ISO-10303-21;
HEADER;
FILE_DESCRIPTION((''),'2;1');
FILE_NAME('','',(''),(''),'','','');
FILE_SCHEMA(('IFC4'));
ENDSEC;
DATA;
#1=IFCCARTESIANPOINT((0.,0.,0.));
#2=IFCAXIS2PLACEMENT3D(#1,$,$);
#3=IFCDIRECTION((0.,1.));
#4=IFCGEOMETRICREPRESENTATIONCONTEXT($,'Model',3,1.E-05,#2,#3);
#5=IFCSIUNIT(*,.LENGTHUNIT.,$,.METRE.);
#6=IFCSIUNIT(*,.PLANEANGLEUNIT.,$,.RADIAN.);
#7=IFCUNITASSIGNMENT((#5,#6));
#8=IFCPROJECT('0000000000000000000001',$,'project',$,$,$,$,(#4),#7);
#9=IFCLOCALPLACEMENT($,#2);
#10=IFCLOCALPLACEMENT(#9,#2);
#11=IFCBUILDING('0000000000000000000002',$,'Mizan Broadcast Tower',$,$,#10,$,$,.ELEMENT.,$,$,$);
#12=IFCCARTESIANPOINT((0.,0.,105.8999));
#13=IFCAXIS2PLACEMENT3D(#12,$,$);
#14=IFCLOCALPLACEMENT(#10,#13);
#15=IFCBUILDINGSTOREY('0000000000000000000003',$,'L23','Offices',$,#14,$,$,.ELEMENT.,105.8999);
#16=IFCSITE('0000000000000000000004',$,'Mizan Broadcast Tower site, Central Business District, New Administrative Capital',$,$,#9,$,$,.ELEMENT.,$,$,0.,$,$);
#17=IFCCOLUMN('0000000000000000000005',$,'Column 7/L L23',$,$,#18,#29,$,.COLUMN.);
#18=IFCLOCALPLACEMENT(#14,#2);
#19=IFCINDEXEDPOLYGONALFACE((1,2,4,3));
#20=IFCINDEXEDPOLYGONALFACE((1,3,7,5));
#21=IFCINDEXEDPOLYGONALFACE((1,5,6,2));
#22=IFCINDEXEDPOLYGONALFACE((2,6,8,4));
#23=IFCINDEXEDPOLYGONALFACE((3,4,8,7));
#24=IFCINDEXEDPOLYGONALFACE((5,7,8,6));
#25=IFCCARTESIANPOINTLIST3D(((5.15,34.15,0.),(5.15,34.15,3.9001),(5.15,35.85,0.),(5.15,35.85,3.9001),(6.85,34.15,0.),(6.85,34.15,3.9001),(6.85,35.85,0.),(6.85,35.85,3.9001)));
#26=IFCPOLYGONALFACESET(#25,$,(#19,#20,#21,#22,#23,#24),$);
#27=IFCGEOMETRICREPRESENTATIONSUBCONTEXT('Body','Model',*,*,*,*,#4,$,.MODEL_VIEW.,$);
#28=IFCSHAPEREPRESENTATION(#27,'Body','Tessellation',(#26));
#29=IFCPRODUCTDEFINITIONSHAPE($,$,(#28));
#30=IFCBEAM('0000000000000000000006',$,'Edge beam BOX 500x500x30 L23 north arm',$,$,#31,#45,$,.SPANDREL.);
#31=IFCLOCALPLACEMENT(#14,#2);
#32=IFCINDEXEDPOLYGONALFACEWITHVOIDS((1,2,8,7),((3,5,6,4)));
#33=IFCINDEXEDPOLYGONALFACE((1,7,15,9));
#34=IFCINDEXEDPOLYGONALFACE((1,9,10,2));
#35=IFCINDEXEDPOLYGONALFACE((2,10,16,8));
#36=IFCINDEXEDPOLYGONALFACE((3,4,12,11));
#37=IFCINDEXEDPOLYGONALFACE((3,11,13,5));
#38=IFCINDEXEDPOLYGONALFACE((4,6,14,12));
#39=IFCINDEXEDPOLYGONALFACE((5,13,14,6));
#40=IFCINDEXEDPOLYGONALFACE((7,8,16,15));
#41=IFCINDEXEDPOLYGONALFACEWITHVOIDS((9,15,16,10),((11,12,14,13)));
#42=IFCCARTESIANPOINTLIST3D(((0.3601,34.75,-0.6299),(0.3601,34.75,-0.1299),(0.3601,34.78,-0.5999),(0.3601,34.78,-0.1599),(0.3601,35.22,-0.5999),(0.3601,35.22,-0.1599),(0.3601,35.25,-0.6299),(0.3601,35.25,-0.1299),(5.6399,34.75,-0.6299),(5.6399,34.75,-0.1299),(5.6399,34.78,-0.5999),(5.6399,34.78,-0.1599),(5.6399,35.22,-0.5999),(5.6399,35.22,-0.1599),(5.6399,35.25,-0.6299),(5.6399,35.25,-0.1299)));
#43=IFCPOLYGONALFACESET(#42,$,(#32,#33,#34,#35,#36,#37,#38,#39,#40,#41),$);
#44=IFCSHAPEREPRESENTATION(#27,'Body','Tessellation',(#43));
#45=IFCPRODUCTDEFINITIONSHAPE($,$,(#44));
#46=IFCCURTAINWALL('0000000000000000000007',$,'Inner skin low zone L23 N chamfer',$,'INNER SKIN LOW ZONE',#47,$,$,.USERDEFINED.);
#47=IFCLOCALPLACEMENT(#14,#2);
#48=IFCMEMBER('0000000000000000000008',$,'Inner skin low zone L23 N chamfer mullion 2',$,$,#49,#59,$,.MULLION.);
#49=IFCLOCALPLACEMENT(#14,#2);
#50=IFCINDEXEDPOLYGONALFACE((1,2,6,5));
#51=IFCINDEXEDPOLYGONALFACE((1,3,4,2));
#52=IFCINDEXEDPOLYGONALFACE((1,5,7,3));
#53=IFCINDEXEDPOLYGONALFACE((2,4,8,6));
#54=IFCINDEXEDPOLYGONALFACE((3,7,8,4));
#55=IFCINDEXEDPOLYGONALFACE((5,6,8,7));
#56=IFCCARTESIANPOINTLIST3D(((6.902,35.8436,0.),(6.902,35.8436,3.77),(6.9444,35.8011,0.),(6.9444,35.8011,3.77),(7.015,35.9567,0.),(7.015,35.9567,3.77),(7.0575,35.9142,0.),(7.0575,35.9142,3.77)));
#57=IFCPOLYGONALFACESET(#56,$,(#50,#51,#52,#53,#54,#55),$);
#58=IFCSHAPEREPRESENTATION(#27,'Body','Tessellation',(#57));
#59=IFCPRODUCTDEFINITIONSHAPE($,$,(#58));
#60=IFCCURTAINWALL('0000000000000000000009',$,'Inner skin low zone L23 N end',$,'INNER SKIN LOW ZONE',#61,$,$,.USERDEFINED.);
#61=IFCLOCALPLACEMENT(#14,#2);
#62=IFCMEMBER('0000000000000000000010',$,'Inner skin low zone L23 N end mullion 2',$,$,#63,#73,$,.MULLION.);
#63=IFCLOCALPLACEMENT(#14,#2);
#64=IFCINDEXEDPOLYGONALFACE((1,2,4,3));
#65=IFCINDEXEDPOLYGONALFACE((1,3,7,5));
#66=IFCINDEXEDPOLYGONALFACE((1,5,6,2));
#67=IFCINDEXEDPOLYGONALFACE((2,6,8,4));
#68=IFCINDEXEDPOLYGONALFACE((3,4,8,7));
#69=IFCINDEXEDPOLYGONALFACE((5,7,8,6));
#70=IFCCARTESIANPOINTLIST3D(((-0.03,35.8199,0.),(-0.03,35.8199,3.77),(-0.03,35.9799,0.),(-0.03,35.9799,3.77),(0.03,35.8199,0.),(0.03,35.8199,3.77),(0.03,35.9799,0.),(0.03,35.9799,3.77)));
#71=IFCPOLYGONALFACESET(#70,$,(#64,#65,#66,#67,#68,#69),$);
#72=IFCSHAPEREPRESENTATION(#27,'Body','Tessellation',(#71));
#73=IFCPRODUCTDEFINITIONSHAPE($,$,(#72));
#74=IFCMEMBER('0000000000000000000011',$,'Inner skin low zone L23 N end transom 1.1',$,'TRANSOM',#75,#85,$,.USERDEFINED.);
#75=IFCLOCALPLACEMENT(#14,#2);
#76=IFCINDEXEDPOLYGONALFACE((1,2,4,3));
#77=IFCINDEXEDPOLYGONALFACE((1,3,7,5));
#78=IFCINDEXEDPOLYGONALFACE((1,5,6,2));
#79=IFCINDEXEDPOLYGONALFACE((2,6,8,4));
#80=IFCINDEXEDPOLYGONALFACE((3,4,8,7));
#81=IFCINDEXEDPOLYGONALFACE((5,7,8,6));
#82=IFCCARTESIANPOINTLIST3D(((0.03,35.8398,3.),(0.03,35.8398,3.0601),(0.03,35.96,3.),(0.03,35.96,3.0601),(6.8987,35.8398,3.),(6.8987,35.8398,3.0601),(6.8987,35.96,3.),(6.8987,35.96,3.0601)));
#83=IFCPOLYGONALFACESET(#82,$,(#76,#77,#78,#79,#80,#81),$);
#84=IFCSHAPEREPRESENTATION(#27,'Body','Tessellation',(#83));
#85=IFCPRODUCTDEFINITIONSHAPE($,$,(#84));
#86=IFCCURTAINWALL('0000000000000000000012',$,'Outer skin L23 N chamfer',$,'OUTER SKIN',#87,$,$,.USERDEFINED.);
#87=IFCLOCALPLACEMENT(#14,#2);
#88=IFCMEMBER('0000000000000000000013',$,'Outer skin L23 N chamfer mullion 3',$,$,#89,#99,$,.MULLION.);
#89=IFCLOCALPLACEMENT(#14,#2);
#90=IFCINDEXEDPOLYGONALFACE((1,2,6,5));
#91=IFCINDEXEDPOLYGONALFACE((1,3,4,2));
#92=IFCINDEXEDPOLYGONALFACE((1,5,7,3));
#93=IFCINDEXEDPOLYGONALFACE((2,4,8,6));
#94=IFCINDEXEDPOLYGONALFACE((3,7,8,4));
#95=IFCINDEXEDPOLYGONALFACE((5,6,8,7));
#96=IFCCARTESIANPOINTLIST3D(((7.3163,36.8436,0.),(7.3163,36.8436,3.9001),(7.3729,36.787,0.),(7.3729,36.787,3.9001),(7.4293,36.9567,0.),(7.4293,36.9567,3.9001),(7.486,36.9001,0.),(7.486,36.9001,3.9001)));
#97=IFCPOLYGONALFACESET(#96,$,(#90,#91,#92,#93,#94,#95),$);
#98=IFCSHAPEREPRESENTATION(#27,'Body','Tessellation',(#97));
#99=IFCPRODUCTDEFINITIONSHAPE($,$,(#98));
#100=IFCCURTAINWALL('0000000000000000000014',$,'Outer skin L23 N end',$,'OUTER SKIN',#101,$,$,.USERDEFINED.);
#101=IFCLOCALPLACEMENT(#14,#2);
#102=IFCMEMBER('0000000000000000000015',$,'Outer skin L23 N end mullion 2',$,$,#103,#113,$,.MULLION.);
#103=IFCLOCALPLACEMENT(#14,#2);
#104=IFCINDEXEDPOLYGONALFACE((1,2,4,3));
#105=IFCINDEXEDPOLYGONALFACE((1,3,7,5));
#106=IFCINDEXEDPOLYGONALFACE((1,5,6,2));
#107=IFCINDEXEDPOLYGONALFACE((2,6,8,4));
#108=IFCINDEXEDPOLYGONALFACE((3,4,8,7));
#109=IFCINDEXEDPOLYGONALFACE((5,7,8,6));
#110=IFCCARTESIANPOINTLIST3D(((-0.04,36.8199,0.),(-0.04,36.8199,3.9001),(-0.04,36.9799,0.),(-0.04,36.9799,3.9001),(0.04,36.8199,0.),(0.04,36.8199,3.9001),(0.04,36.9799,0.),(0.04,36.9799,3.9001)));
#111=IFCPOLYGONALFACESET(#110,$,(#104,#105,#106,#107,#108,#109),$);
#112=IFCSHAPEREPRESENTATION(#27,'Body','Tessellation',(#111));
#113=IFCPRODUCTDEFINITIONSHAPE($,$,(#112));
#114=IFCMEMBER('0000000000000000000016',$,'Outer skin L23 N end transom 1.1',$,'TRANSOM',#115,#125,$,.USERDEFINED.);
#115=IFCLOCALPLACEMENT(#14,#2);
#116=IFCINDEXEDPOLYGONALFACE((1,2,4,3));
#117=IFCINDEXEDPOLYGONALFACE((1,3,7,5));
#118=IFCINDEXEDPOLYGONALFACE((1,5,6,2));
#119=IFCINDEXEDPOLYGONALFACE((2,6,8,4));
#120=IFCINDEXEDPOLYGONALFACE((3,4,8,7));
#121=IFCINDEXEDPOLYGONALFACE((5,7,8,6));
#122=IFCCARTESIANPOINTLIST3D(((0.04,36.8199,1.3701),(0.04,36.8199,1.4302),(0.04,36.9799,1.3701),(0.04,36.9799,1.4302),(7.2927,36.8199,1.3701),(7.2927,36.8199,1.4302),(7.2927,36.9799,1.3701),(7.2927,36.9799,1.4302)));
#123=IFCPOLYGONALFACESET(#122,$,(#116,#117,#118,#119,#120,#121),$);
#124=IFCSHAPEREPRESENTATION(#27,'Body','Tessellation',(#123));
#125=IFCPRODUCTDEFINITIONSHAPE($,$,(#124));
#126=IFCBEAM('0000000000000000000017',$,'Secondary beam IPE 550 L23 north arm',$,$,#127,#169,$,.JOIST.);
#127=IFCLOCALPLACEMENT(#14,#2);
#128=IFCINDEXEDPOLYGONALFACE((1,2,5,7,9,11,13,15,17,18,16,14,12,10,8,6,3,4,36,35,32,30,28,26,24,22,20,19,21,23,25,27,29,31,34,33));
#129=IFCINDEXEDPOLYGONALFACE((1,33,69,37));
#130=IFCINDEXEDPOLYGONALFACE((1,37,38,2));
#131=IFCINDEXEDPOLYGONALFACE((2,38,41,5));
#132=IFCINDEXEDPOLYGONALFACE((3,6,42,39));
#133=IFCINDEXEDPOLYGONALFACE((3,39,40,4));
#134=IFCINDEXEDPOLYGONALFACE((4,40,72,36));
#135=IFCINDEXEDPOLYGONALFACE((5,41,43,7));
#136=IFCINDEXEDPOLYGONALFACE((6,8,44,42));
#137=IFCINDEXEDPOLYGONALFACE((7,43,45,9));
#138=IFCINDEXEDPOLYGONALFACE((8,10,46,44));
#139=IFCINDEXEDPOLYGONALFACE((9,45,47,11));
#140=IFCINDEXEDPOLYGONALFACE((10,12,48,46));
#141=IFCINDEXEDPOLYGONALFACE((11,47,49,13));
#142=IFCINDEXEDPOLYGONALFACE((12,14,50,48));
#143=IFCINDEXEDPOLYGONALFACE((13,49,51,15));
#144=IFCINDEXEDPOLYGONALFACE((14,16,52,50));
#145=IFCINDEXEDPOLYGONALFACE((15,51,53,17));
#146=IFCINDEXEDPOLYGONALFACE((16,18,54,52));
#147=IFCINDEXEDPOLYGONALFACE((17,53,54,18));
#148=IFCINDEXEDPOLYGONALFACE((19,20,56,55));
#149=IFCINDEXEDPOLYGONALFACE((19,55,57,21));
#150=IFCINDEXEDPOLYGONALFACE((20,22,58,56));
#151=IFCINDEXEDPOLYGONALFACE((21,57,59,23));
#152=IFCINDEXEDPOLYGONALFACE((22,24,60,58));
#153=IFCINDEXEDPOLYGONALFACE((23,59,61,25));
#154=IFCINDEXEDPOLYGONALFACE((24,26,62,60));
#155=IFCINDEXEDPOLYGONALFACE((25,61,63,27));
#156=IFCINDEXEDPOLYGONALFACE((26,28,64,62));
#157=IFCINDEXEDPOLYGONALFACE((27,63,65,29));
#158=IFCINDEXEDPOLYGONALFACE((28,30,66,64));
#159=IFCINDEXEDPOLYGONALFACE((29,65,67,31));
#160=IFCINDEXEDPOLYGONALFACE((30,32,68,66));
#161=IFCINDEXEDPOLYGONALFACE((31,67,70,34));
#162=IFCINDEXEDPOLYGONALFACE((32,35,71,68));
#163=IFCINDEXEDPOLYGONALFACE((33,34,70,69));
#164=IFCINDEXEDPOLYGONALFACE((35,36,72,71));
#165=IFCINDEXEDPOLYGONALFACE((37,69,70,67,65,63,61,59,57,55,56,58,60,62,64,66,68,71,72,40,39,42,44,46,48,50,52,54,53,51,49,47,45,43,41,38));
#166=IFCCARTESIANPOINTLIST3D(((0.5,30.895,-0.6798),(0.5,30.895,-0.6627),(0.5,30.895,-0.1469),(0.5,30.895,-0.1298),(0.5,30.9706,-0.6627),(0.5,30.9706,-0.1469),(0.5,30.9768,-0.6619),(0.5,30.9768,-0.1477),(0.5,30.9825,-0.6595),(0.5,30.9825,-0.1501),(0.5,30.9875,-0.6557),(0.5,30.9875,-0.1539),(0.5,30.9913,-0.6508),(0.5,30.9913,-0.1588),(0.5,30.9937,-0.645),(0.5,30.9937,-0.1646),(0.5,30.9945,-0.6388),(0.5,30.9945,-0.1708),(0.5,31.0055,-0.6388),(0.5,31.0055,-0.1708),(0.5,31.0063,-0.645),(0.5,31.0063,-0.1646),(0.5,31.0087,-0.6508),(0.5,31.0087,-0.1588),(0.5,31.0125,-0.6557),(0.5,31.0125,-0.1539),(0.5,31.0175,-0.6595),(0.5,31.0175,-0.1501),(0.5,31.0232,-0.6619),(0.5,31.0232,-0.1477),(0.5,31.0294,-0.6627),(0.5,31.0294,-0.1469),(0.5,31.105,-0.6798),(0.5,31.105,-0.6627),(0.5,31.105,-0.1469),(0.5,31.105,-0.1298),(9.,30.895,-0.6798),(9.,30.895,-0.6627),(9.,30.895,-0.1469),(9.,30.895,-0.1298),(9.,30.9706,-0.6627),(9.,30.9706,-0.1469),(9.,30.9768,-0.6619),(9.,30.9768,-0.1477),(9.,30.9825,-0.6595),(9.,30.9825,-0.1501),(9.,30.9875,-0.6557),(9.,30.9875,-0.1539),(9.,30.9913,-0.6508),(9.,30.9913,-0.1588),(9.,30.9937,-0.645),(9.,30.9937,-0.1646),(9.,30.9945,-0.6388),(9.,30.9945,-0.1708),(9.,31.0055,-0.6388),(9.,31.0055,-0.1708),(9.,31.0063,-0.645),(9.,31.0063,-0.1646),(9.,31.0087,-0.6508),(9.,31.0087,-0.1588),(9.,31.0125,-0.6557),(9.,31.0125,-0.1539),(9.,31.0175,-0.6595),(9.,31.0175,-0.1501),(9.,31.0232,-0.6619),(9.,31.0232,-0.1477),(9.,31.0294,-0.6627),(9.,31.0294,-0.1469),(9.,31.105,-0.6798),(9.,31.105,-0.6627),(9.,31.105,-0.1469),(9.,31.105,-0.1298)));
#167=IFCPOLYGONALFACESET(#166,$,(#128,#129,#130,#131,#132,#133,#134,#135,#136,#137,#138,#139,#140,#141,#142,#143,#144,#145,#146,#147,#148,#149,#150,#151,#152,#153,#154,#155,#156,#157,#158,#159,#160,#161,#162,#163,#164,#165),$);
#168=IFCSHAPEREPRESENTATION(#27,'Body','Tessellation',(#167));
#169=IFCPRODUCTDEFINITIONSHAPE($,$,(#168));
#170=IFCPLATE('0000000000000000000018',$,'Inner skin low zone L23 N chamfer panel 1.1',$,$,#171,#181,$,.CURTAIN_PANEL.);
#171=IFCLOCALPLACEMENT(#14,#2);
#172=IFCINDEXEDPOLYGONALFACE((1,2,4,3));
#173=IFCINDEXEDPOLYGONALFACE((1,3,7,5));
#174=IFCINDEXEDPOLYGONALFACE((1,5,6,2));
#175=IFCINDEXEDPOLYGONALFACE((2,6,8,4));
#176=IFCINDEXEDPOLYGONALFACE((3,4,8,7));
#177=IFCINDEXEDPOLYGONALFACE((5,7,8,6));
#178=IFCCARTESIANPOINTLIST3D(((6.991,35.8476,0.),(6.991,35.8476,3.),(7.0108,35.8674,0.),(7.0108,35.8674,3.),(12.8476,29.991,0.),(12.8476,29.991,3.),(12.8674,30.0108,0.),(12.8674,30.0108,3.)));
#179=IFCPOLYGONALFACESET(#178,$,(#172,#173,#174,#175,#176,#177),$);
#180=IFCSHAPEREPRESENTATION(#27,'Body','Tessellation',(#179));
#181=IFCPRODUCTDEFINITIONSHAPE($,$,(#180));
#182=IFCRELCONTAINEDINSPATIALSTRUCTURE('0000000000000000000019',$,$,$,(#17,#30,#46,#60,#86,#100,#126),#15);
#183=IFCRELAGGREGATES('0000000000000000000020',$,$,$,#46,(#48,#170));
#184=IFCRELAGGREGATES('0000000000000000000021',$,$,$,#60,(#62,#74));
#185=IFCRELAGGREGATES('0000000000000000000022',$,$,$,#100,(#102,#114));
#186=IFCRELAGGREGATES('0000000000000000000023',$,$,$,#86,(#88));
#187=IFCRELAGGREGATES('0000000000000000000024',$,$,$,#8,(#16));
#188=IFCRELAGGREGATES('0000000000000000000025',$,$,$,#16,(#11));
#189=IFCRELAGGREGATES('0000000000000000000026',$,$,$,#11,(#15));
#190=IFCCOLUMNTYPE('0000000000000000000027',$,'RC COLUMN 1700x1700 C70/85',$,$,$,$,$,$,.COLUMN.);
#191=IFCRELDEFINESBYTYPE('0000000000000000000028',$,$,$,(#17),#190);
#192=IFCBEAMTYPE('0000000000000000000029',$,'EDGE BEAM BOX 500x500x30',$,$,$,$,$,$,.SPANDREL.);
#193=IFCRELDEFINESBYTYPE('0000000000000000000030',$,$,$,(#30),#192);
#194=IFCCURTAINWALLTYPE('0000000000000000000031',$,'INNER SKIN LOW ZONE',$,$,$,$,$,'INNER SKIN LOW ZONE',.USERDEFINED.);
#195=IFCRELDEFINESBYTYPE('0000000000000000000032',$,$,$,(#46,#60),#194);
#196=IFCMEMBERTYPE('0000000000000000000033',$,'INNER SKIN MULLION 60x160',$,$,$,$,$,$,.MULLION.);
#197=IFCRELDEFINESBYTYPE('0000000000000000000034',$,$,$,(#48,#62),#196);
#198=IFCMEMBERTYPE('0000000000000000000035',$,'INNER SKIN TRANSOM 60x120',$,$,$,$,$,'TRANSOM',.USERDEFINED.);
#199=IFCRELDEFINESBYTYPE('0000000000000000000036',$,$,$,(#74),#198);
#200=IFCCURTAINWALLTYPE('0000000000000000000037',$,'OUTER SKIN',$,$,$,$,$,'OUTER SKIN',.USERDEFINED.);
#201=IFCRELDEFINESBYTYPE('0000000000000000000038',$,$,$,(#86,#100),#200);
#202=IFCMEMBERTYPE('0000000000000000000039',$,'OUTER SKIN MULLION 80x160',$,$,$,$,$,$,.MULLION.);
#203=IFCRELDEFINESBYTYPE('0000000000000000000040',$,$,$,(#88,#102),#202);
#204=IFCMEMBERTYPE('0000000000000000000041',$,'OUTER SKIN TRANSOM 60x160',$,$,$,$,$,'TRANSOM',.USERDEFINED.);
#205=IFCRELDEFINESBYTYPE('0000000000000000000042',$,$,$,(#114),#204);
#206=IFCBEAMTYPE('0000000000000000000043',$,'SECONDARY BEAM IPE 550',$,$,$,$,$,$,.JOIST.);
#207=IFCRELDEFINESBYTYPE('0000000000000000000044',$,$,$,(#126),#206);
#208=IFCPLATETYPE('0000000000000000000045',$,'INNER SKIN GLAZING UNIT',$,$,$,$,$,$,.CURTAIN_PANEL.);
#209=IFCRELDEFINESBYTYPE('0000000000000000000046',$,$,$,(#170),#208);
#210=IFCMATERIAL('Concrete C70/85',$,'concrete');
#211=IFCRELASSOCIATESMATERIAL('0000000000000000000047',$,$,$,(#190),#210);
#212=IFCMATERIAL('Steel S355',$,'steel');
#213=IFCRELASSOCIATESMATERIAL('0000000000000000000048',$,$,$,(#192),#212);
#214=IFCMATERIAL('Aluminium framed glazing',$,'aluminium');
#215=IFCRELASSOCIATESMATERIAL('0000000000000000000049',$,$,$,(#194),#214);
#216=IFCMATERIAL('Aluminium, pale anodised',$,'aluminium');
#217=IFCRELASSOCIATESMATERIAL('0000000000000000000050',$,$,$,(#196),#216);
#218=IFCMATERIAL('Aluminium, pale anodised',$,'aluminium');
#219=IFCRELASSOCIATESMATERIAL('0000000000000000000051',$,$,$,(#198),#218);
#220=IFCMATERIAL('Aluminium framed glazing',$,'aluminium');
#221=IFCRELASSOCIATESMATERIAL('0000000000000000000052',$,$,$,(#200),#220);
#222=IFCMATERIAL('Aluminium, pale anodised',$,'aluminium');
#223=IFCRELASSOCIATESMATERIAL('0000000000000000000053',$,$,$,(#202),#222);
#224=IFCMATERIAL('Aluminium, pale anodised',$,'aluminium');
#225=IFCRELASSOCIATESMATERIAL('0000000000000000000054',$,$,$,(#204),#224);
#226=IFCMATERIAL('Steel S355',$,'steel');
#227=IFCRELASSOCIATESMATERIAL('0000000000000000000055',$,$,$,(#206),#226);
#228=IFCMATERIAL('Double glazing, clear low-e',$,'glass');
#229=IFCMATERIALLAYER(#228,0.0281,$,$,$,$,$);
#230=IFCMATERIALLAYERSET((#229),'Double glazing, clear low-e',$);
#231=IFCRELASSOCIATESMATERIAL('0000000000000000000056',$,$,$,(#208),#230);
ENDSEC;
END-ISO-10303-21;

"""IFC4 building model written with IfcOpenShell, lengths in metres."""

from ifc_helpers import new_model, si_unit, direction, frame, origin, origin_2d, place, context, subcontext, project, spatial, rectangle, hollow_rectangle, i_section, extrude, material, layer, layer_set, material_profile, profile_set, type_object, element, aggregate, save


model = new_model("IFC4")

# Units and contexts
model_context = context("Model", 3, precision=1e-05, world=origin(), true_north=direction((0.0, 1.0)))
body_context = subcontext(model_context, "Body", "Model", "MODEL_VIEW")
ifc_project = project(units=[si_unit("LENGTHUNIT", "METRE"), si_unit("PLANEANGLEUNIT", "RADIAN")], contexts=[model_context])

# Site, building, storey
site_placement = place(None, origin())
site = spatial("IfcSite", under=ifc_project, at=site_placement, Name="Mizan Broadcast Tower site, Central Business District, New Administrative Capital", CompositionType="ELEMENT", RefElevation=0.0)
building_placement = place(site_placement, origin())
building = spatial("IfcBuilding", under=site, at=building_placement, Name="Mizan Broadcast Tower", CompositionType="ELEMENT")
storey_placement = place(building_placement, frame((0.0, 0.0, 105.8999)))
storey = spatial("IfcBuildingStorey", under=building, at=storey_placement, Name="L23", Description="Offices", CompositionType="ELEMENT", Elevation=105.8999)

# Column
ifc_material_1 = material(Name="Concrete C70/85", Category="concrete")
ifc_material_profile_1 = material_profile(ifc_material_1, rectangle(XDim=1.7, YDim=1.7, at=origin_2d()), Name="RC 1700x1700")
ifc_profile_set_1 = profile_set([ifc_material_profile_1], Name="Concrete C70/85")
column_type = type_object("IfcColumnType", Name="RC COLUMN 1700x1700 C70/85", PredefinedType="COLUMN", material=ifc_profile_set_1)
column_placement = place(storey_placement, frame((6.0, 35.0, 0.0), z_axis=(0.0, 0.0, 1.0), x_axis=(1.0, 0.0, 0.0)))
element("IfcColumn", 1, at=column_placement, inside=storey, type_object=column_type, Name="Column 7/L L23", PredefinedType="COLUMN", context=body_context, shape_type="SweptSolid", body=[
    extrude(rectangle(XDim=1.7, YDim=1.7, at=origin_2d()), origin(), (0.0, 0.0, 1.0), 3.9001),
])

# Beam
ifc_material_2 = material(Name="Steel S355", Category="steel")
ifc_material_profile_2 = material_profile(ifc_material_2, hollow_rectangle(XDim=0.5, YDim=0.5, WallThickness=0.03, at=origin_2d()), Name="BOX 500x500x30")
ifc_profile_set_2 = profile_set([ifc_material_profile_2], Name="Steel S355")
beam_type_1 = type_object("IfcBeamType", Name="EDGE BEAM BOX 500x500x30", PredefinedType="SPANDREL", material=ifc_profile_set_2)
beam_1_placement = place(storey_placement, frame((5.6399, 35.0, -0.3799), z_axis=(-1.0, 0.0, 0.0), x_axis=(0.0, -1.0, 0.0)))
element("IfcBeam", 2, at=beam_1_placement, inside=storey, type_object=beam_type_1, Name="Edge beam BOX 500x500x30 L23 north arm", PredefinedType="SPANDREL", context=body_context, shape_type="SweptSolid", body=[
    extrude(hollow_rectangle(XDim=0.5, YDim=0.5, WallThickness=0.03, at=origin_2d()), origin(), (0.0, 0.0, 1.0), 5.2798),
])

# Curtain wall, member
ifc_material_3 = material(Name="Aluminium framed glazing", Category="aluminium")
curtain_wall_type_1 = type_object("IfcCurtainWallType", Name="INNER SKIN LOW ZONE", ElementType="INNER SKIN LOW ZONE", PredefinedType="USERDEFINED", material=ifc_material_3)
curtain_wall_1_placement = place(storey_placement, origin())
curtain_wall_1 = element("IfcCurtainWall", 3, at=curtain_wall_1_placement, inside=storey, type_object=curtain_wall_type_1, Name="Inner skin low zone L23 N chamfer", ObjectType="INNER SKIN LOW ZONE", PredefinedType="USERDEFINED")
ifc_material_4 = material(Name="Aluminium, pale anodised", Category="aluminium")
ifc_material_profile_3 = material_profile(ifc_material_4, rectangle(XDim=0.1599, YDim=0.0601, at=origin_2d()), Name="MULLION 160x60")
ifc_profile_set_3 = profile_set([ifc_material_profile_3], Name="Aluminium, pale anodised")
member_type_1 = type_object("IfcMemberType", Name="INNER SKIN MULLION 60x160", PredefinedType="MULLION", material=ifc_profile_set_3)
member_1_placement = place(storey_placement, frame((6.9797, 35.8789, 0.0), z_axis=(0.0, 0.0, 1.0), x_axis=(-0.707107, -0.707107, 0.0)))
member_1 = element("IfcMember", 4, at=member_1_placement, type_object=member_type_1, Name="Inner skin low zone L23 N chamfer mullion 2", PredefinedType="MULLION", context=body_context, shape_type="SweptSolid", body=[
    extrude(rectangle(XDim=0.1599, YDim=0.0601, at=origin_2d()), origin(), (0.0, 0.0, 1.0), 3.77),
])

# Curtain wall, members
curtain_wall_2_placement = place(storey_placement, origin())
curtain_wall_2 = element("IfcCurtainWall", 5, at=curtain_wall_2_placement, inside=storey, type_object=curtain_wall_type_1, Name="Inner skin low zone L23 N end", ObjectType="INNER SKIN LOW ZONE", PredefinedType="USERDEFINED")
member_2_placement = place(storey_placement, frame((0.0, 35.8999, 0.0), z_axis=(0.0, 0.0, 1.0), x_axis=(0.0, -1.0, 0.0)))
member_2 = element("IfcMember", 6, at=member_2_placement, type_object=member_type_1, Name="Inner skin low zone L23 N end mullion 2", PredefinedType="MULLION", context=body_context, shape_type="SweptSolid", body=[
    extrude(rectangle(XDim=0.1599, YDim=0.0601, at=origin_2d()), origin(), (0.0, 0.0, 1.0), 3.77),
])
ifc_material_5 = material(Name="Aluminium, pale anodised", Category="aluminium")
ifc_material_profile_4 = material_profile(ifc_material_5, rectangle(XDim=0.1201, YDim=0.0601, at=origin_2d()), Name="TRANSOM 120x60")
ifc_profile_set_4 = profile_set([ifc_material_profile_4], Name="Aluminium, pale anodised")
member_type_2 = type_object("IfcMemberType", Name="INNER SKIN TRANSOM 60x120", ElementType="TRANSOM", PredefinedType="USERDEFINED", material=ifc_profile_set_4)
member_3_placement = place(storey_placement, frame((6.8987, 35.8999, 3.03), z_axis=(-1.0, 0.0, 0.0), x_axis=(0.0, -1.0, 0.0)))
member_3 = element("IfcMember", 7, at=member_3_placement, type_object=member_type_2, Name="Inner skin low zone L23 N end transom 1.1", ObjectType="TRANSOM", PredefinedType="USERDEFINED", context=body_context, shape_type="SweptSolid", body=[
    extrude(rectangle(XDim=0.1201, YDim=0.0601, at=origin_2d()), origin(), (0.0, 0.0, 1.0), 6.8687),
])

# Curtain wall, member
ifc_material_6 = material(Name="Aluminium framed glazing", Category="aluminium")
curtain_wall_type_2 = type_object("IfcCurtainWallType", Name="OUTER SKIN", ElementType="OUTER SKIN", PredefinedType="USERDEFINED", material=ifc_material_6)
curtain_wall_3_placement = place(storey_placement, origin())
curtain_wall_3 = element("IfcCurtainWall", 8, at=curtain_wall_3_placement, inside=storey, type_object=curtain_wall_type_2, Name="Outer skin L23 N chamfer", ObjectType="OUTER SKIN", PredefinedType="USERDEFINED")
ifc_material_7 = material(Name="Aluminium, pale anodised", Category="aluminium")
ifc_material_profile_5 = material_profile(ifc_material_7, rectangle(XDim=0.1599, YDim=0.0801, at=origin_2d()), Name="MULLION 160x80")
ifc_profile_set_5 = profile_set([ifc_material_profile_5], Name="Aluminium, pale anodised")
member_type_3 = type_object("IfcMemberType", Name="OUTER SKIN MULLION 80x160", PredefinedType="MULLION", material=ifc_profile_set_5)
member_4_placement = place(storey_placement, frame((7.4011, 36.8718, 0.0), z_axis=(0.0, 0.0, 1.0), x_axis=(-0.707107, -0.707107, 0.0)))
member_4 = element("IfcMember", 9, at=member_4_placement, type_object=member_type_3, Name="Outer skin L23 N chamfer mullion 3", PredefinedType="MULLION", context=body_context, shape_type="SweptSolid", body=[
    extrude(rectangle(XDim=0.1599, YDim=0.0801, at=origin_2d()), origin(), (0.0, 0.0, 1.0), 3.9001),
])

# Curtain wall, members
curtain_wall_4_placement = place(storey_placement, origin())
curtain_wall_4 = element("IfcCurtainWall", 10, at=curtain_wall_4_placement, inside=storey, type_object=curtain_wall_type_2, Name="Outer skin L23 N end", ObjectType="OUTER SKIN", PredefinedType="USERDEFINED")
member_5_placement = place(storey_placement, frame((0.0, 36.8999, 0.0), z_axis=(0.0, 0.0, 1.0), x_axis=(0.0, -1.0, 0.0)))
member_5 = element("IfcMember", 11, at=member_5_placement, type_object=member_type_3, Name="Outer skin L23 N end mullion 2", PredefinedType="MULLION", context=body_context, shape_type="SweptSolid", body=[
    extrude(rectangle(XDim=0.1599, YDim=0.0801, at=origin_2d()), origin(), (0.0, 0.0, 1.0), 3.9001),
])
ifc_material_8 = material(Name="Aluminium, pale anodised", Category="aluminium")
ifc_material_profile_6 = material_profile(ifc_material_8, rectangle(XDim=0.1599, YDim=0.0601, at=origin_2d()), Name="TRANSOM 160x60")
ifc_profile_set_6 = profile_set([ifc_material_profile_6], Name="Aluminium, pale anodised")
member_type_4 = type_object("IfcMemberType", Name="OUTER SKIN TRANSOM 60x160", ElementType="TRANSOM", PredefinedType="USERDEFINED", material=ifc_profile_set_6)
member_6_placement = place(storey_placement, frame((7.2927, 36.8999, 1.4001), z_axis=(-1.0, 0.0, 0.0), x_axis=(0.0, -1.0, 0.0)))
member_6 = element("IfcMember", 12, at=member_6_placement, type_object=member_type_4, Name="Outer skin L23 N end transom 1.1", ObjectType="TRANSOM", PredefinedType="USERDEFINED", context=body_context, shape_type="SweptSolid", body=[
    extrude(rectangle(XDim=0.1599, YDim=0.0601, at=origin_2d()), origin(), (0.0, 0.0, 1.0), 7.2527),
])

# Beam
ifc_material_9 = material(Name="Steel S355", Category="steel")
ifc_material_profile_7 = material_profile(ifc_material_9, i_section(OverallWidth=0.21, OverallDepth=0.55, WebThickness=0.011, FlangeThickness=0.0171, FilletRadius=0.0239, at=origin_2d()), Name="IPE 550")
ifc_profile_set_7 = profile_set([ifc_material_profile_7], Name="Steel S355")
beam_type_2 = type_object("IfcBeamType", Name="SECONDARY BEAM IPE 550", PredefinedType="JOIST", material=ifc_profile_set_7)
beam_2_placement = place(storey_placement, frame((9.0, 31.0, -0.4048), z_axis=(-1.0, 0.0, 0.0), x_axis=(0.0, -1.0, 0.0)))
element("IfcBeam", 13, at=beam_2_placement, inside=storey, type_object=beam_type_2, Name="Secondary beam IPE 550 L23 north arm", PredefinedType="JOIST", context=body_context, shape_type="SweptSolid", body=[
    extrude(i_section(OverallWidth=0.21, OverallDepth=0.55, WebThickness=0.011, FlangeThickness=0.0171, FilletRadius=0.0239, at=origin_2d()), origin(), (0.0, 0.0, 1.0), 8.5),
])

# Plate
ifc_material_10 = material(Name="Double glazing, clear low-e", Category="glass")
ifc_layer_1 = layer(ifc_material_10, 0.0281)
ifc_layer_set_1 = layer_set([ifc_layer_1], Name="Double glazing, clear low-e")
plate_type_1 = type_object("IfcPlateType", Name="INNER SKIN GLAZING UNIT", PredefinedType="CURTAIN_PANEL", material=ifc_layer_set_1)
plate_1_placement = place(storey_placement, frame((9.9292, 32.9292, 0.0), z_axis=(0.0, 0.0, 1.0), x_axis=(-0.707107, 0.707107, 0.0)))
plate_1 = element("IfcPlate", 14, at=plate_1_placement, type_object=plate_type_1, Name="Inner skin low zone L23 N chamfer panel 1.1", PredefinedType="CURTAIN_PANEL", context=body_context, shape_type="SweptSolid", body=[
    extrude(rectangle(XDim=8.2825, YDim=0.0281, at=origin_2d()), origin(), (0.0, 0.0, 1.0), 3.0),
])
aggregate(curtain_wall_1, [member_1, plate_1])
aggregate(curtain_wall_2, [member_2, member_3])
aggregate(curtain_wall_4, [member_5, member_6])
aggregate(curtain_wall_3, [member_4])

save(model, "model.ifc")
